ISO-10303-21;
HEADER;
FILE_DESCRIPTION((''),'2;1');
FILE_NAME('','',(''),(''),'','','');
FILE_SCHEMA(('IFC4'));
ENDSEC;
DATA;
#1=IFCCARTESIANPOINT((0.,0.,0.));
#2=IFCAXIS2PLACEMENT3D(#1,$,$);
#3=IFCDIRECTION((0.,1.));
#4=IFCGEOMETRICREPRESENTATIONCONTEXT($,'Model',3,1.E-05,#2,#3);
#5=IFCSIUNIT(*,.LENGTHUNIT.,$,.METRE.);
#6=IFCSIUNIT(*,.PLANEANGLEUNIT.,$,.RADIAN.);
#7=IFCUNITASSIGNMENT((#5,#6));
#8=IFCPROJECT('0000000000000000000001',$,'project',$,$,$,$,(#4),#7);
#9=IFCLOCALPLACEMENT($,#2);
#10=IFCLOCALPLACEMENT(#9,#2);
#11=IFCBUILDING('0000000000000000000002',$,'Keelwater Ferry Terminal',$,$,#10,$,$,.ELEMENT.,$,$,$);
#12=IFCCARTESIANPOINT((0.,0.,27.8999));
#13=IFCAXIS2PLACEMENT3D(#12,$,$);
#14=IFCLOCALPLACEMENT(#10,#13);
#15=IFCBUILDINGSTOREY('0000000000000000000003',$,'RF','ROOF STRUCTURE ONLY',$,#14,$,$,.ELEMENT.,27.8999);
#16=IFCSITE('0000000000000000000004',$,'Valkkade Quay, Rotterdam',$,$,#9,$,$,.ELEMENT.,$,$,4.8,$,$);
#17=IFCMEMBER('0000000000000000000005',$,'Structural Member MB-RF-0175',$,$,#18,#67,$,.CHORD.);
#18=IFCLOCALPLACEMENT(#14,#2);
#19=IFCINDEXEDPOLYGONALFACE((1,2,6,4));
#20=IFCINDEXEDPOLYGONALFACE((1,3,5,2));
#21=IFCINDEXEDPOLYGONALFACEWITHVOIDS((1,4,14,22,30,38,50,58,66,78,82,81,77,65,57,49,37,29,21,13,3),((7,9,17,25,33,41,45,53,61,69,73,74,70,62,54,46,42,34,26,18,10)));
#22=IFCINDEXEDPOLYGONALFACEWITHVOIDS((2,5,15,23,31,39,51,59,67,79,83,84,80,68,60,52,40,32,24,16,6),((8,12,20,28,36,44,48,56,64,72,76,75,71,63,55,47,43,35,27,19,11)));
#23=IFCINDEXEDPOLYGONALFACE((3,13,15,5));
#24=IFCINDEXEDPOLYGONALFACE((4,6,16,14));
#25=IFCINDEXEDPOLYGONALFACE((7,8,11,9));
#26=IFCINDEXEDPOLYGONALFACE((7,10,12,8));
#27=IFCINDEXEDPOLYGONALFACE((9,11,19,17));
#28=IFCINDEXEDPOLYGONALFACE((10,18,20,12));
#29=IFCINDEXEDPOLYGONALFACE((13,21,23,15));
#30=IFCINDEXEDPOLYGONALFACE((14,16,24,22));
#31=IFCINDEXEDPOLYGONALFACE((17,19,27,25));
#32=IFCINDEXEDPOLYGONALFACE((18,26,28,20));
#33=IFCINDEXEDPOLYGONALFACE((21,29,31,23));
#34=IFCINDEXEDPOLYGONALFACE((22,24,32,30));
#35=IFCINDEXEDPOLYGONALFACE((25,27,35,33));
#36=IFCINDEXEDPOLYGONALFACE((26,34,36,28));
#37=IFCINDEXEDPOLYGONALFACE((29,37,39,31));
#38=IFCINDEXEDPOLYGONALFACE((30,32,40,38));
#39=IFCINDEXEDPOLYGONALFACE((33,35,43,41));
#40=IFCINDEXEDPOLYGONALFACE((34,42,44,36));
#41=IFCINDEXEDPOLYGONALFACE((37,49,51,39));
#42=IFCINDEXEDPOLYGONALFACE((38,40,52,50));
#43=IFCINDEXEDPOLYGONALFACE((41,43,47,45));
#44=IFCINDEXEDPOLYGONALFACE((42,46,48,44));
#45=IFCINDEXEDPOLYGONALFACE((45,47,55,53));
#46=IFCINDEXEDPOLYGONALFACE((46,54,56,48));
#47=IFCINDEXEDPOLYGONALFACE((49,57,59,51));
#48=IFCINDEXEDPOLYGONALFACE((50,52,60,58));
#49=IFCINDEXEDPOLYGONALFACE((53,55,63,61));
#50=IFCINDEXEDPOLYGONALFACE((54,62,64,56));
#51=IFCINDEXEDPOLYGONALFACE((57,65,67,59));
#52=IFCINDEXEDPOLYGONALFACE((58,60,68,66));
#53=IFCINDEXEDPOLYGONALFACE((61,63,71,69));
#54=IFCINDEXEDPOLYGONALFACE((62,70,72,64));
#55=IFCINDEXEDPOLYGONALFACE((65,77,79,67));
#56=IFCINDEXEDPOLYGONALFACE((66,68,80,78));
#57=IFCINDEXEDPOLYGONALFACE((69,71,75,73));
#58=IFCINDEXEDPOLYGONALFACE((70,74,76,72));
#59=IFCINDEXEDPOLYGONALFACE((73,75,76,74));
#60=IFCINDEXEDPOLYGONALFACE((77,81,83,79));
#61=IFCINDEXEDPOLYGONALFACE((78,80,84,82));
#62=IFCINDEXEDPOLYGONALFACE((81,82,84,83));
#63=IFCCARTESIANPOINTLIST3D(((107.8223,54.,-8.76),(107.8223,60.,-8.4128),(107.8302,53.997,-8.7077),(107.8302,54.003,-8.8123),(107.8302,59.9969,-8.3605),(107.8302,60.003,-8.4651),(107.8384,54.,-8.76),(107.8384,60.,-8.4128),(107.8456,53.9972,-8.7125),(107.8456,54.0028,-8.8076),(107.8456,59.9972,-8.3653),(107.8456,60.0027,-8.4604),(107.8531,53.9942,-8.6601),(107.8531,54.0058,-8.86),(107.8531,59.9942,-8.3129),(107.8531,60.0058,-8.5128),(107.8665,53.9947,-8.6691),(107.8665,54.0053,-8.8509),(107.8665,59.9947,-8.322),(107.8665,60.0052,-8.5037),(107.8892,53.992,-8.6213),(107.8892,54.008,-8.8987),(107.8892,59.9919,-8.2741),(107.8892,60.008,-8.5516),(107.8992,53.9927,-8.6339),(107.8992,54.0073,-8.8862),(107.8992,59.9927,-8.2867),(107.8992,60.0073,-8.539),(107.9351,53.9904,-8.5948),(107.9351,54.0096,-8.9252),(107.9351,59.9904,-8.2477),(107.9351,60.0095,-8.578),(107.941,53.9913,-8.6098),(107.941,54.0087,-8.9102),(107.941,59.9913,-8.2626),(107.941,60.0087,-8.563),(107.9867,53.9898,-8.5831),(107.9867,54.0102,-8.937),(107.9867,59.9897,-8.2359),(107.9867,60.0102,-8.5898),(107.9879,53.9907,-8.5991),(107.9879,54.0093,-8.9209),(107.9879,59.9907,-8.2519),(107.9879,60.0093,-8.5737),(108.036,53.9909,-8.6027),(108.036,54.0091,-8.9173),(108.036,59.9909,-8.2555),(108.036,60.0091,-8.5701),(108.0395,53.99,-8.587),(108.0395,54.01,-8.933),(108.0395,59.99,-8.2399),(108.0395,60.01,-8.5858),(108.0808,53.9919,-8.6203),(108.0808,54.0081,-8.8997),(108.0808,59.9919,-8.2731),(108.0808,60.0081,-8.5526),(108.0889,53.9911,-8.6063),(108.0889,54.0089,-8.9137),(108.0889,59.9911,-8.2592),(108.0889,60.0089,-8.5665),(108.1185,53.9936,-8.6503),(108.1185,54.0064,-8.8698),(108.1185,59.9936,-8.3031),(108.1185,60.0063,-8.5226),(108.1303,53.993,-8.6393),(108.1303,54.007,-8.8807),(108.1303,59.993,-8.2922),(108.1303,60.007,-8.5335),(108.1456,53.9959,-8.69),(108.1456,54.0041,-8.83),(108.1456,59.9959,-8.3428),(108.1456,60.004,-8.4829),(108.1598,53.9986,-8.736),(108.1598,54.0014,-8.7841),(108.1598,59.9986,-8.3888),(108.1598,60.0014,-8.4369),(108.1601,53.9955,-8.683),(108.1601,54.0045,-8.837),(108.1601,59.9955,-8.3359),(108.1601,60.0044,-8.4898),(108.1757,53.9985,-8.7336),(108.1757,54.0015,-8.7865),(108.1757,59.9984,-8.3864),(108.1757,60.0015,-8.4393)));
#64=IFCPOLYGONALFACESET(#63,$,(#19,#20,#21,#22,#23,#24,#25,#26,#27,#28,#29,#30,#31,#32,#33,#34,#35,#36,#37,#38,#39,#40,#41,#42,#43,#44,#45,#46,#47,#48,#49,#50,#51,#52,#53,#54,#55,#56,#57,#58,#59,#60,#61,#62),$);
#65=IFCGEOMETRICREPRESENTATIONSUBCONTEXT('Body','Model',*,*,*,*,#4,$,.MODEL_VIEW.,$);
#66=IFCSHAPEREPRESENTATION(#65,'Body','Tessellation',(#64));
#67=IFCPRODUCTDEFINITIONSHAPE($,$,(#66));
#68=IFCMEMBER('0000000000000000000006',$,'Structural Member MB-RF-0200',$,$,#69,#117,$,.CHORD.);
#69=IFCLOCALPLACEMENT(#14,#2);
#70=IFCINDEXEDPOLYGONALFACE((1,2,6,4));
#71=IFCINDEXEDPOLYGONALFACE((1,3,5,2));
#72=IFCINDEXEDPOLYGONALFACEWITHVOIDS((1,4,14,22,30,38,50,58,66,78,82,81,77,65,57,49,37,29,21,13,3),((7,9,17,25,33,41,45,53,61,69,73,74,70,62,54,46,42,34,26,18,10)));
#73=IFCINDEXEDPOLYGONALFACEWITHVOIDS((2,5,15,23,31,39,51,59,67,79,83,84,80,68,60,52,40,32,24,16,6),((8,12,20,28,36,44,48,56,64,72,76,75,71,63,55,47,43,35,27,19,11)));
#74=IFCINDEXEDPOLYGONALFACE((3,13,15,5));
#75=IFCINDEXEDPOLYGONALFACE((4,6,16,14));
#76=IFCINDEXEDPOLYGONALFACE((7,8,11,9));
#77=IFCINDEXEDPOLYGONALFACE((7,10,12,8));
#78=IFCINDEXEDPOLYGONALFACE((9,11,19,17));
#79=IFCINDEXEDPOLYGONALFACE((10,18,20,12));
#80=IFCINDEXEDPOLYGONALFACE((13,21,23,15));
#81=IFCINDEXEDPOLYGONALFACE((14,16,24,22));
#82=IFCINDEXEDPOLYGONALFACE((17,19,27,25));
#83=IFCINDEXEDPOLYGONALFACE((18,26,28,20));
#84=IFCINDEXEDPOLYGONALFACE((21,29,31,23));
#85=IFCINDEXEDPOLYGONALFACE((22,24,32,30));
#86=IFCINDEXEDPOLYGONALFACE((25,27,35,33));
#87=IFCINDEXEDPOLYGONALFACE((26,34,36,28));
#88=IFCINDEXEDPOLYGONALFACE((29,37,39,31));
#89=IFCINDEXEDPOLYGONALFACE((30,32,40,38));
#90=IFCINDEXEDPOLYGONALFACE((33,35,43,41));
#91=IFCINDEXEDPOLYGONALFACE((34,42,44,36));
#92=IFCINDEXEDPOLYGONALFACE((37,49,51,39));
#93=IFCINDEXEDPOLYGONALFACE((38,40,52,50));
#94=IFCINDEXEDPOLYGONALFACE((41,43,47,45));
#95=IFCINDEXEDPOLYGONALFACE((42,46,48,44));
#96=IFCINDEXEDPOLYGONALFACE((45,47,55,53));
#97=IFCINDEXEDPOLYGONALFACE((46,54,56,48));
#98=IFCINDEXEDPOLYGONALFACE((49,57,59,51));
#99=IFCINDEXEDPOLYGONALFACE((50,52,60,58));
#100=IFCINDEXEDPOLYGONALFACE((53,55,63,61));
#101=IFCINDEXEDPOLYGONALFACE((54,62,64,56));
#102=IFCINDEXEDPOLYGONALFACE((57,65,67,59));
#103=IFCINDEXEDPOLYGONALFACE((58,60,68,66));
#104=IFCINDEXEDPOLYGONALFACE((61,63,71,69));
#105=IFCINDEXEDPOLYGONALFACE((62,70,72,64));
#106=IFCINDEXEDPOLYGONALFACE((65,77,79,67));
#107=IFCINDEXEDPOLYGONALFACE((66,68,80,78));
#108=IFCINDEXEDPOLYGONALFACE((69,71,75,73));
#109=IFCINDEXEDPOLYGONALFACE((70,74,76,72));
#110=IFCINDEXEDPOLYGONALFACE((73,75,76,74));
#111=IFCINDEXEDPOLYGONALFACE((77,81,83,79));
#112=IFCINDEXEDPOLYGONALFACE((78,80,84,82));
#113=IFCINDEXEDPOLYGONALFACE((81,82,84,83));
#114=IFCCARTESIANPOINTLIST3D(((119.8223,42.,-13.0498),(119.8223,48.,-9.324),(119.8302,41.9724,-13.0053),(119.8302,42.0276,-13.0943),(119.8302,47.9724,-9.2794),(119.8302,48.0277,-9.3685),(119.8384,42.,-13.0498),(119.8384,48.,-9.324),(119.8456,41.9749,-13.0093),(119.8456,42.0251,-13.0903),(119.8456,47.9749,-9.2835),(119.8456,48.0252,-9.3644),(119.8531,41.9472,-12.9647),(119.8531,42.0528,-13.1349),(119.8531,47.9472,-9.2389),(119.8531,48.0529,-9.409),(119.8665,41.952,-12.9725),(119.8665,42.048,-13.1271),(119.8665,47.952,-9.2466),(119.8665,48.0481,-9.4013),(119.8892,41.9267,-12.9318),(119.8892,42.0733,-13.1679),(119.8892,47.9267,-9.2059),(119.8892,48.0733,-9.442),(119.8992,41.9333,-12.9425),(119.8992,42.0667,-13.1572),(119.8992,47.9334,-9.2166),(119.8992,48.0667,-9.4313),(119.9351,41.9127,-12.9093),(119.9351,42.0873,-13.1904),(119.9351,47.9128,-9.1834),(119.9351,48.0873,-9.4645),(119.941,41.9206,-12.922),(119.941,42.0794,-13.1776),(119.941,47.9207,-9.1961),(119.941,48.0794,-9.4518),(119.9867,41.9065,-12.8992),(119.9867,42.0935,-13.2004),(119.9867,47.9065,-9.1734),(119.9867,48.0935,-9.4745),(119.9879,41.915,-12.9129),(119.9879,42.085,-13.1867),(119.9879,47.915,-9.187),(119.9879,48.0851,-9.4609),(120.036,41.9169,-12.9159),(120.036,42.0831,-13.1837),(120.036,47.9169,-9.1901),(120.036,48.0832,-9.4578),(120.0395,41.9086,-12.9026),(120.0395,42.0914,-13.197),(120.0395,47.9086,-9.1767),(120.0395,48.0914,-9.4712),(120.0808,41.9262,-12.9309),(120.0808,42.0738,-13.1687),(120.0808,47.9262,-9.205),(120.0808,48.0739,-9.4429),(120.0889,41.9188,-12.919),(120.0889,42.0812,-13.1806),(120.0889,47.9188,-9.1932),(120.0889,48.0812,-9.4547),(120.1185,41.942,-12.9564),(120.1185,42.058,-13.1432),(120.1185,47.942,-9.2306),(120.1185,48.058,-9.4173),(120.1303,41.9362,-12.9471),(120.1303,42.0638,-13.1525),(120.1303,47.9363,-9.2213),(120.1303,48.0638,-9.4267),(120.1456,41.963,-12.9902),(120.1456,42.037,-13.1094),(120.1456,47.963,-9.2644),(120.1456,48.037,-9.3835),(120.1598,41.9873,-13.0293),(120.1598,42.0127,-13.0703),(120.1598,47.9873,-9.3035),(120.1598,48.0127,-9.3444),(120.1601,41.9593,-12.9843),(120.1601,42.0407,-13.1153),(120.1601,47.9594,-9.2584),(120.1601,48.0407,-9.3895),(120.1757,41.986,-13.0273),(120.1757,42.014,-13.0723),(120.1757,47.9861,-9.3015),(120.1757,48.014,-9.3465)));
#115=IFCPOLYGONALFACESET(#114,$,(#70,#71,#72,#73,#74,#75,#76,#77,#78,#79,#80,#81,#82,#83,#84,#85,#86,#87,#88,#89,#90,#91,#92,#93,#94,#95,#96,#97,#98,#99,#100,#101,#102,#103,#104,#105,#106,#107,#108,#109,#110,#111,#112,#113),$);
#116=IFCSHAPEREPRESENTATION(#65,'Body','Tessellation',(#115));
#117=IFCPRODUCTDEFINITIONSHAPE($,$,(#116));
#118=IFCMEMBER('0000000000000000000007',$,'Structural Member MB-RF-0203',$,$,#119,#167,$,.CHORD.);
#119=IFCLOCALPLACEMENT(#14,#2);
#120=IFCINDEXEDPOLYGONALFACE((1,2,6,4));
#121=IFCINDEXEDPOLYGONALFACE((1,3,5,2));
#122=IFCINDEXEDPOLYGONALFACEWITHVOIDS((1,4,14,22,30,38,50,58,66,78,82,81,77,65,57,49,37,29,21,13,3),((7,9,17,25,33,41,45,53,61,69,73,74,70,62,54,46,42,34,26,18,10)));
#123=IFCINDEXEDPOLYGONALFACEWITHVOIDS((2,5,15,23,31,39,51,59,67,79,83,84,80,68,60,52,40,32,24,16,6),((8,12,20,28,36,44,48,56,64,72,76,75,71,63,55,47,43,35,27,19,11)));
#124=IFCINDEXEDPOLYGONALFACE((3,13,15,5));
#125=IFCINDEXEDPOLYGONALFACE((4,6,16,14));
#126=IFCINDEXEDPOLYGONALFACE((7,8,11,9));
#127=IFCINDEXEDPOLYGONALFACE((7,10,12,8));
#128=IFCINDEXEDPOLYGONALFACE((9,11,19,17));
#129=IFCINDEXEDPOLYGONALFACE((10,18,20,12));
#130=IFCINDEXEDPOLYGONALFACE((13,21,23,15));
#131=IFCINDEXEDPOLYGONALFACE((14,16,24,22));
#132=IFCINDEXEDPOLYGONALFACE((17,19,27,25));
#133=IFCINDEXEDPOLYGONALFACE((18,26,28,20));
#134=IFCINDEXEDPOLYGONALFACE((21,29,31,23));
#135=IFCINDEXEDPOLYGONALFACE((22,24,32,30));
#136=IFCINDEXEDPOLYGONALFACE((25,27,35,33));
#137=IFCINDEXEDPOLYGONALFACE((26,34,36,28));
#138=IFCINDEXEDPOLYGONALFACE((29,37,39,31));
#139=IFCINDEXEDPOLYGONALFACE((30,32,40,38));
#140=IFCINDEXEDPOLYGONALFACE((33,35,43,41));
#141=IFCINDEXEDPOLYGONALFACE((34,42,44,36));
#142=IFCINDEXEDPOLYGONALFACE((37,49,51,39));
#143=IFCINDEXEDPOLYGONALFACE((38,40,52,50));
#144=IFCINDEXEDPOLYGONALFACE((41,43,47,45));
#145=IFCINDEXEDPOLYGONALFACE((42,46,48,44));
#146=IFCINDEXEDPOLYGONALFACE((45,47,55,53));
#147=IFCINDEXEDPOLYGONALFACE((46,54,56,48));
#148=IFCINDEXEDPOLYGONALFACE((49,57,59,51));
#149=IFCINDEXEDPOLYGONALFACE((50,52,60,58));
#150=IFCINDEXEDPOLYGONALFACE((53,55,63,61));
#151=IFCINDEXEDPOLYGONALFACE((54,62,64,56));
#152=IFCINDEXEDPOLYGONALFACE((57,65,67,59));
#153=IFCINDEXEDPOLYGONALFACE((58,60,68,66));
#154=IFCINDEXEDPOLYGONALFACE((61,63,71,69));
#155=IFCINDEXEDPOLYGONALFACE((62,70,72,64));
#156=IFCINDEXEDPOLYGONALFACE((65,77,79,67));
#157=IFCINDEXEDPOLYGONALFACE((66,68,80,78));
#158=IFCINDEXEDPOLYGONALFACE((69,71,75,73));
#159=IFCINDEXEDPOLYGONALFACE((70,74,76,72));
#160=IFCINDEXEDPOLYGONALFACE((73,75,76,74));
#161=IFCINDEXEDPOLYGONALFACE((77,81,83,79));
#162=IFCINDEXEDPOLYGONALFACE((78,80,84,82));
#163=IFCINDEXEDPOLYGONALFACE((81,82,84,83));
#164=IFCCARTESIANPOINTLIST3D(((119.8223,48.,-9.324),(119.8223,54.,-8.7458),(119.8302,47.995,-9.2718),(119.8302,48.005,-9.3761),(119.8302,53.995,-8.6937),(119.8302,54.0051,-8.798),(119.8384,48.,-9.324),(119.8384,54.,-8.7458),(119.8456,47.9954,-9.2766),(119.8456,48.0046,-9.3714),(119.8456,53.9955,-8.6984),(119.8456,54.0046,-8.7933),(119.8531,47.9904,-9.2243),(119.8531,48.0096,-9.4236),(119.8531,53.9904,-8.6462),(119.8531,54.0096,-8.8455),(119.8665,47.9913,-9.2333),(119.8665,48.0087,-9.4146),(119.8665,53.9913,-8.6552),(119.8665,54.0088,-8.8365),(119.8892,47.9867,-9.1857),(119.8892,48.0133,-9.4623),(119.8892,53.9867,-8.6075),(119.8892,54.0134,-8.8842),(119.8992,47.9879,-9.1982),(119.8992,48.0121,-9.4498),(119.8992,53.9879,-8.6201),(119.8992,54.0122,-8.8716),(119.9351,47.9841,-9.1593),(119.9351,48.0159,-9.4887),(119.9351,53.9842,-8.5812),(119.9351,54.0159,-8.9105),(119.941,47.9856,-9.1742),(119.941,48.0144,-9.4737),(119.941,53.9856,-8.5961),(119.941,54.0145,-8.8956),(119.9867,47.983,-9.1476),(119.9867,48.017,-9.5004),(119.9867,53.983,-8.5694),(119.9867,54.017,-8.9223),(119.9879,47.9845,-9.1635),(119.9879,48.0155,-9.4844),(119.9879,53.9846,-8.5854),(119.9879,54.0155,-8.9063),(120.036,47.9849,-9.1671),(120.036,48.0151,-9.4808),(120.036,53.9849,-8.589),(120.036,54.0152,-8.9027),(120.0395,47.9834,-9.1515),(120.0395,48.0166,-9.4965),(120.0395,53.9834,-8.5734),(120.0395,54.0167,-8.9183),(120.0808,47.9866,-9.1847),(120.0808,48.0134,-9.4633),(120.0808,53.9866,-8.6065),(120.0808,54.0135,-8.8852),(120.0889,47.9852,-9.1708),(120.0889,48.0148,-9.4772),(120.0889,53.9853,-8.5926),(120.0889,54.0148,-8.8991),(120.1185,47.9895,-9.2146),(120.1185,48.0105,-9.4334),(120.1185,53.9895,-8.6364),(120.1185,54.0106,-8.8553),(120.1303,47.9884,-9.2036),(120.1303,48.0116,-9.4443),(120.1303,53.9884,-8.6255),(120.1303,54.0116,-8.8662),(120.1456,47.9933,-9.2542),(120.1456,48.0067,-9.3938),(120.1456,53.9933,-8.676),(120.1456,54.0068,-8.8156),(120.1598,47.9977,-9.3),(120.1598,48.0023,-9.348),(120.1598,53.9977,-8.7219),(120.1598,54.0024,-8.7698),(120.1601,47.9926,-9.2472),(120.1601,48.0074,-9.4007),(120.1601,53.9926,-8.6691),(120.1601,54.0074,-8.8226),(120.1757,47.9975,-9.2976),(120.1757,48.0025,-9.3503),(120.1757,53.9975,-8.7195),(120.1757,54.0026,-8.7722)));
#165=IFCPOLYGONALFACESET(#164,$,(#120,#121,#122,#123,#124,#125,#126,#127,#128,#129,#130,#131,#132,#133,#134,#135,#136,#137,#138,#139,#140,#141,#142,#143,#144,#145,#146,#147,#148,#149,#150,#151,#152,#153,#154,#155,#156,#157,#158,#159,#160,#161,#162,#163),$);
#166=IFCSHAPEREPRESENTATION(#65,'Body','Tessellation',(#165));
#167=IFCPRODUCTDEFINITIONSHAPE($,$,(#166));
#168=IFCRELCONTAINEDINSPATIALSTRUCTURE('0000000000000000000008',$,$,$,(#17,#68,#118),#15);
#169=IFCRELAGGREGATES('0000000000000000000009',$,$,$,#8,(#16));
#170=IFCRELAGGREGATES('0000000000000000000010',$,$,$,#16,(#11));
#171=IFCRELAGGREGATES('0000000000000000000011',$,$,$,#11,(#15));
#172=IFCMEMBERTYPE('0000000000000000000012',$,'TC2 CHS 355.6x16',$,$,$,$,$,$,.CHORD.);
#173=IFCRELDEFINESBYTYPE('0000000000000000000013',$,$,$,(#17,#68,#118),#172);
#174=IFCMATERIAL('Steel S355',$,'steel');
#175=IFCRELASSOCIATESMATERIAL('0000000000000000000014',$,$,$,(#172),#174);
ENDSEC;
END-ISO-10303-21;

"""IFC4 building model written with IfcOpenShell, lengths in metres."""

from ifc_helpers import new_model, si_unit, direction, frame, origin, origin_2d, place, context, subcontext, project, spatial, hollow_circle, extrude, material, material_profile, profile_set, type_object, element, save


model = new_model("IFC4")

# Units and contexts
model_context = context("Model", 3, precision=1e-05, world=origin(), true_north=direction((0.0, 1.0)))
body_context = subcontext(model_context, "Body", "Model", "MODEL_VIEW")
ifc_project = project(units=[si_unit("LENGTHUNIT", "METRE"), si_unit("PLANEANGLEUNIT", "RADIAN")], contexts=[model_context])

# Site, building, storey
site_placement = place(None, origin())
site = spatial("IfcSite", under=ifc_project, at=site_placement, Name="Valkkade Quay, Rotterdam", CompositionType="ELEMENT", RefElevation=4.8)
building_placement = place(site_placement, origin())
building = spatial("IfcBuilding", under=site, at=building_placement, Name="Keelwater Ferry Terminal", CompositionType="ELEMENT")
storey_placement = place(building_placement, frame((0.0, 0.0, 27.8999)))
storey = spatial("IfcBuildingStorey", under=building, at=storey_placement, Name="RF", Description="ROOF STRUCTURE ONLY", CompositionType="ELEMENT", Elevation=27.8999)

# Members
ifc_material_1 = material(Name="Steel S355", Category="steel")
ifc_material_profile_1 = material_profile(ifc_material_1, hollow_circle(Radius=0.1777, WallThickness=0.0161, at=origin_2d()), Name="CHS 355.6x16")
ifc_profile_set_1 = profile_set([ifc_material_profile_1], Name="Steel S355")
member_type_1 = type_object("IfcMemberType", Name="TC2 CHS 355.6x16", PredefinedType="CHORD", material=ifc_profile_set_1)
member_1_placement = place(storey_placement, frame((108.0, 54.0, -8.76), z_axis=(0.0, 0.99833, 0.057765), x_axis=(-1.0, 0.0, 0.0)))
element("IfcMember", 1, at=member_1_placement, inside=storey, type_object=member_type_1, Name="Structural Member MB-RF-0175", PredefinedType="CHORD", context=body_context, shape_type="SweptSolid", body=[
    extrude(hollow_circle(Radius=0.1777, WallThickness=0.0161, at=origin_2d()), origin(), (0.0, 0.0, 1.0), 6.01),
])
member_2_placement = place(storey_placement, frame((120.0, 42.0, -13.0498), z_axis=(0.0, 0.849533, 0.527536), x_axis=(-1.0, 0.0, 0.0)))
element("IfcMember", 2, at=member_2_placement, inside=storey, type_object=member_type_1, Name="Structural Member MB-RF-0200", PredefinedType="CHORD", context=body_context, shape_type="SweptSolid", body=[
    extrude(hollow_circle(Radius=0.1777, WallThickness=0.0161, at=origin_2d()), origin(), (0.0, 0.0, 1.0), 7.0627),
])
member_3_placement = place(storey_placement, frame((120.0, 48.0, -9.324), z_axis=(0.0, 0.99539, 0.09591), x_axis=(-1.0, 0.0, 0.0)))
element("IfcMember", 3, at=member_3_placement, inside=storey, type_object=member_type_1, Name="Structural Member MB-RF-0203", PredefinedType="CHORD", context=body_context, shape_type="SweptSolid", body=[
    extrude(hollow_circle(Radius=0.1777, WallThickness=0.0161, at=origin_2d()), origin(), (0.0, 0.0, 1.0), 6.0278),
])

save(model, "model.ifc")
